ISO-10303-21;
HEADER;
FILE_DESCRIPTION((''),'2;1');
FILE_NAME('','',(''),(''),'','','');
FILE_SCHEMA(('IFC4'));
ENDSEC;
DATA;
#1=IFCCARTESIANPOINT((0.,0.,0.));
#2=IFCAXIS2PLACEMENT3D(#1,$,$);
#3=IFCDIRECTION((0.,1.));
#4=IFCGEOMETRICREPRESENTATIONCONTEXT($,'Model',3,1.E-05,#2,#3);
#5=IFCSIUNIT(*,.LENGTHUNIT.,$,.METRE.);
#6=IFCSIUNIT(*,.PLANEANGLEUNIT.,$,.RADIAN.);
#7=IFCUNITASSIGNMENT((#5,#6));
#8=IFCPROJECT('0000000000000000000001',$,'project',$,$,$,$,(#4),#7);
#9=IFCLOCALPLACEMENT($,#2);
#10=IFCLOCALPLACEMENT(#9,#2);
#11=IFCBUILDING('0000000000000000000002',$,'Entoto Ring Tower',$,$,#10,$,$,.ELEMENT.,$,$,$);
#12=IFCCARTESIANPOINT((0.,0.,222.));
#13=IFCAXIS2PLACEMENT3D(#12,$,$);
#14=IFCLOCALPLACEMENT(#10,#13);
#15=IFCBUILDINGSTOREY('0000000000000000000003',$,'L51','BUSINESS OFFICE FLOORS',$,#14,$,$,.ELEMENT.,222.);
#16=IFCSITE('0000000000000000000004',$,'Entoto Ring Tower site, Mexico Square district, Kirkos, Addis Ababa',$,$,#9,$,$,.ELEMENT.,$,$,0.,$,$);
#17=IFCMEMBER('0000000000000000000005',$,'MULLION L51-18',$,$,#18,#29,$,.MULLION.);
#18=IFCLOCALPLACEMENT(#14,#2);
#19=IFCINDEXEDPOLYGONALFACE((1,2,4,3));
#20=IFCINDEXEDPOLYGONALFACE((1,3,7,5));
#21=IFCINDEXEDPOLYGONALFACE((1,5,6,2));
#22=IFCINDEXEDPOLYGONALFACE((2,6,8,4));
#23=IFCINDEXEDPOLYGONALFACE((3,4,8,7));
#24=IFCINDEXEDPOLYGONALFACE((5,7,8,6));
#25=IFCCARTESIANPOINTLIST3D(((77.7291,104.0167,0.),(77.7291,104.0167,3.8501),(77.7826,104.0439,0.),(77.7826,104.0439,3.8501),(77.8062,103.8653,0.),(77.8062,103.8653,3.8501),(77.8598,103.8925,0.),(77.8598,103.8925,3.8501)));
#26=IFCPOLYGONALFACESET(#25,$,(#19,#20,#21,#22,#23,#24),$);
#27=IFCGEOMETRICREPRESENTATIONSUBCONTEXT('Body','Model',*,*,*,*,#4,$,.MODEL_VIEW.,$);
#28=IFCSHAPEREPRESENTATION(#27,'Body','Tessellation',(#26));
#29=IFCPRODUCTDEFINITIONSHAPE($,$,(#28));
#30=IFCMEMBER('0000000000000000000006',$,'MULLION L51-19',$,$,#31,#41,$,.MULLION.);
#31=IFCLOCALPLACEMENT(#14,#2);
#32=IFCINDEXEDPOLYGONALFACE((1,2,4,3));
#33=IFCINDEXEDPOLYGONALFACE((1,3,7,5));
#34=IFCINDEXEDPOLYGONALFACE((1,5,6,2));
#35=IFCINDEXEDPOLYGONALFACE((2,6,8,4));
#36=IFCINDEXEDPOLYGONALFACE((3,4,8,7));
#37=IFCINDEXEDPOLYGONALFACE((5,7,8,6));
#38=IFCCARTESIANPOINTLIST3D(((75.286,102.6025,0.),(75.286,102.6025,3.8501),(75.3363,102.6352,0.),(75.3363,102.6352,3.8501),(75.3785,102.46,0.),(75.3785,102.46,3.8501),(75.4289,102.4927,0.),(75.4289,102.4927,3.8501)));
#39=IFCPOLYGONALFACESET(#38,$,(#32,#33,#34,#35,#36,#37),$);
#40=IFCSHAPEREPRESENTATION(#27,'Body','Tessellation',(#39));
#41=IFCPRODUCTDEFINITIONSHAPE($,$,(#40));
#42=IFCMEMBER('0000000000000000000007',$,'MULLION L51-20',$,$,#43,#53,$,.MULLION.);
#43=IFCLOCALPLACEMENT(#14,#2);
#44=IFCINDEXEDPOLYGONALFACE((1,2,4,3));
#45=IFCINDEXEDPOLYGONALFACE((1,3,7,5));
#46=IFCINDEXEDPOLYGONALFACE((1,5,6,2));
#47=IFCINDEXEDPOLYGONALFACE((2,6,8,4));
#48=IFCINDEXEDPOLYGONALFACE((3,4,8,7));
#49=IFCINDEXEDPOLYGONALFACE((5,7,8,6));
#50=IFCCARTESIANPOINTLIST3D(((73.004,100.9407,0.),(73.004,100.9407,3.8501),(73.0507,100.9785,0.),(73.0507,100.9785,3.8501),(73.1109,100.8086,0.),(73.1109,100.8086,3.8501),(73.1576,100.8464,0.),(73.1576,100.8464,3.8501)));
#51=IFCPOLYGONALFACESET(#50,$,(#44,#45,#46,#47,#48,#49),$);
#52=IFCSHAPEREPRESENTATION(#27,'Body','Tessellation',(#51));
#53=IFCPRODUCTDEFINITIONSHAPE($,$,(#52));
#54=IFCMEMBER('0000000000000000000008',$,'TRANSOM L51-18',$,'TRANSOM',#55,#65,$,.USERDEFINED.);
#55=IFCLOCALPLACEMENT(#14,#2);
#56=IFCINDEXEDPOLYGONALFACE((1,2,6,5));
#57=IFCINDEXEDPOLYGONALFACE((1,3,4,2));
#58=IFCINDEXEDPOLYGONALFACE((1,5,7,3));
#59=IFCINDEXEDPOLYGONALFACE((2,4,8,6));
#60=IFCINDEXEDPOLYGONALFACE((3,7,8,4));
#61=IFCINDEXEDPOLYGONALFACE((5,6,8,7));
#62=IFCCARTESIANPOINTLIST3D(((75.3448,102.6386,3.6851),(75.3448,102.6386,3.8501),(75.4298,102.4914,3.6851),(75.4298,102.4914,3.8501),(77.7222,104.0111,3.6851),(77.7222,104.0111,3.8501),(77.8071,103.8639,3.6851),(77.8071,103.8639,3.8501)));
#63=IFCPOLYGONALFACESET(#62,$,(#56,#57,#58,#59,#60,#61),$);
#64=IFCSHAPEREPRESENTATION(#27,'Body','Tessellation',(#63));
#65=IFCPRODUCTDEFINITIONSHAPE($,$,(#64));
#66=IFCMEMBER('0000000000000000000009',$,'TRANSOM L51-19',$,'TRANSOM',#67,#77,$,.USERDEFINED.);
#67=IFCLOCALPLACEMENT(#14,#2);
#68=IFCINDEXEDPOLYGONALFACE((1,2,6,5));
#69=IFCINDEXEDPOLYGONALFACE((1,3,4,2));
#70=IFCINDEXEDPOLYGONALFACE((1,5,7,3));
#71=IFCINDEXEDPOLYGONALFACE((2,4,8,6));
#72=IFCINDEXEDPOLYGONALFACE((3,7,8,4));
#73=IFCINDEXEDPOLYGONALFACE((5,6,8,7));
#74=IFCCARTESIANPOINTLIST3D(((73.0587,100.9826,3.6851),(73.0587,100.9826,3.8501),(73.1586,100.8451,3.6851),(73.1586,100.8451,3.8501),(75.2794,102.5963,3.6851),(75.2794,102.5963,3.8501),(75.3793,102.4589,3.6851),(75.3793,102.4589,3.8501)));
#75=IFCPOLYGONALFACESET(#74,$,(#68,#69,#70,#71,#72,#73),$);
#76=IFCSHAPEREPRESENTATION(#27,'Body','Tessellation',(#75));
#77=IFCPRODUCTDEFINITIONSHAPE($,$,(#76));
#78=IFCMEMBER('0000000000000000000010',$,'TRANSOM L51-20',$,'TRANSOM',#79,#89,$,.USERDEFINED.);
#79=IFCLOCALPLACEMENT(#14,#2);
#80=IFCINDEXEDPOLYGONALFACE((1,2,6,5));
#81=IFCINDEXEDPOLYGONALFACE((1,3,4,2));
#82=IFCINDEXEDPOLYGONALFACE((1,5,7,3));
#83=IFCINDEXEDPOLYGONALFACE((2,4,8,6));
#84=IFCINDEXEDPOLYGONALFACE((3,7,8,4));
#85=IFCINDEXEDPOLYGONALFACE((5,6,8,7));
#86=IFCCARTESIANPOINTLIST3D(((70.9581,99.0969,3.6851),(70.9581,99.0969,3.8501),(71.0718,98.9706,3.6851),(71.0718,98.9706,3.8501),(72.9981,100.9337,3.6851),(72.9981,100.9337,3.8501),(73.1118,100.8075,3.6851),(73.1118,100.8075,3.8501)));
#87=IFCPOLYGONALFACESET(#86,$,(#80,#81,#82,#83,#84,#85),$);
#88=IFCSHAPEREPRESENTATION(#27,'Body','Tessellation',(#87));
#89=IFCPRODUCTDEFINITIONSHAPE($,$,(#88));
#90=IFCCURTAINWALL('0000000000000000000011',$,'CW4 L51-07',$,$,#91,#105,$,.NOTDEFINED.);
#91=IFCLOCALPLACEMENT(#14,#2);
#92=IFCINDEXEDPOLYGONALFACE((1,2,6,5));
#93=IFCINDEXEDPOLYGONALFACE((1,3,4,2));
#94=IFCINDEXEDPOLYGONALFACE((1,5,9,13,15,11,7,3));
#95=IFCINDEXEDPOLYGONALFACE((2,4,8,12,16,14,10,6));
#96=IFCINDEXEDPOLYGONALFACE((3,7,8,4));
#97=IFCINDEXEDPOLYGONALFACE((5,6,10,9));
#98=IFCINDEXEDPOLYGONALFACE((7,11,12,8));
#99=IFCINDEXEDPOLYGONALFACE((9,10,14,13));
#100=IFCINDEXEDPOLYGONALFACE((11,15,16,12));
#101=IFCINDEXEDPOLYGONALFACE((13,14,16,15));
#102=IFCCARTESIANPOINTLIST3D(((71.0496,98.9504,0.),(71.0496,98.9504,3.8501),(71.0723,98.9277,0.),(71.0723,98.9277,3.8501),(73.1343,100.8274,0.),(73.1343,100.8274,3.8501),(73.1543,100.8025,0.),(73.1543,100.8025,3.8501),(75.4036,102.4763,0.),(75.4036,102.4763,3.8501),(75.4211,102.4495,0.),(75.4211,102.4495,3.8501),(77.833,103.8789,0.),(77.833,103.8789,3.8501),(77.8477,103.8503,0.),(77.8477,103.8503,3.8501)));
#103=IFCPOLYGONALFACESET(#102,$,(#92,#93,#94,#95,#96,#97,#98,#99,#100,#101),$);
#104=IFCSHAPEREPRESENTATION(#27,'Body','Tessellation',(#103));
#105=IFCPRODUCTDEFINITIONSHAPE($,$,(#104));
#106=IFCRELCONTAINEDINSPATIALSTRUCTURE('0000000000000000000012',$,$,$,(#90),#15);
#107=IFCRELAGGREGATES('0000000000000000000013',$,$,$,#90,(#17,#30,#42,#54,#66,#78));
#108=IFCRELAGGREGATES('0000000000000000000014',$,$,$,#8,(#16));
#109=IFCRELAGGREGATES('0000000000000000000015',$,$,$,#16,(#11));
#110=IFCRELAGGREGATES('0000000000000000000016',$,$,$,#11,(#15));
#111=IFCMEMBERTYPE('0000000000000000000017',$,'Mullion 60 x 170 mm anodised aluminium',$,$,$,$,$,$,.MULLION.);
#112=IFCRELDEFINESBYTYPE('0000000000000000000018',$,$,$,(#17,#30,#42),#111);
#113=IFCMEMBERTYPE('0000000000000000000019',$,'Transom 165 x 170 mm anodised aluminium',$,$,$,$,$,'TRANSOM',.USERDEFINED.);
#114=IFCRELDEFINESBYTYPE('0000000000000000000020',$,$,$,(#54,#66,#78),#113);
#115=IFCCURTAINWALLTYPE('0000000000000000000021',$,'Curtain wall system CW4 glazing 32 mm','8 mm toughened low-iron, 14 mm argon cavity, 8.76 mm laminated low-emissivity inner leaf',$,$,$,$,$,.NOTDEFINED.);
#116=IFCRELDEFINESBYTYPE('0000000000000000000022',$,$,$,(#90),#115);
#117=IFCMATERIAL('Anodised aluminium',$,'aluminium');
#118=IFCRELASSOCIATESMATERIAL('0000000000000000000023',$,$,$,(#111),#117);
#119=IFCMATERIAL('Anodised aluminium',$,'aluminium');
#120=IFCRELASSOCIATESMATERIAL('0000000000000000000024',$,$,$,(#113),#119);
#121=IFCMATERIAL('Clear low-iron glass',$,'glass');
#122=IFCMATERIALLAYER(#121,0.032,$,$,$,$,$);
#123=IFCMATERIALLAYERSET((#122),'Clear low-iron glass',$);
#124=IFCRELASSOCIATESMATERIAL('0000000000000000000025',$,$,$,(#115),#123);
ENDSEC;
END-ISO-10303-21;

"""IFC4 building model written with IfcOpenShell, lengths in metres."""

from ifc_helpers import new_model, si_unit, direction, frame, origin, origin_2d, place, context, subcontext, project, spatial, polyline, rectangle, outline, extrude, material, layer, layer_set, material_profile, profile_set, type_object, element, aggregate, save


model = new_model("IFC4")

# Units and contexts
model_context = context("Model", 3, precision=1e-05, world=origin(), true_north=direction((0.0, 1.0)))
body_context = subcontext(model_context, "Body", "Model", "MODEL_VIEW")
ifc_project = project(units=[si_unit("LENGTHUNIT", "METRE"), si_unit("PLANEANGLEUNIT", "RADIAN")], contexts=[model_context])

# Members
ifc_material_1 = material(Name="Anodised aluminium", Category="aluminium")
ifc_material_profile_1 = material_profile(ifc_material_1, rectangle(XDim=0.0601, YDim=0.1699, at=origin_2d()), Name="Mullion 60 x 170 mm anodised aluminium")
ifc_profile_set_1 = profile_set([ifc_material_profile_1], Name="Anodised aluminium")
member_type_1 = type_object("IfcMemberType", Name="Mullion 60 x 170 mm anodised aluminium", PredefinedType="MULLION", material=ifc_profile_set_1)
site_placement = place(None, origin())
building_placement = place(site_placement, origin())
storey_placement = place(building_placement, frame((0.0, 0.0, 222.0)))
member_1_placement = place(storey_placement, frame((77.7944, 103.9546, 0.0), z_axis=(0.0, 0.0, 1.0), x_axis=(-0.891007, -0.45399, 0.0)))
member_1 = element("IfcMember", 1, at=member_1_placement, type_object=member_type_1, Name="MULLION L51-18", PredefinedType="MULLION", context=body_context, shape_type="SweptSolid", body=[
    extrude(rectangle(XDim=0.0601, YDim=0.1699, at=origin_2d()), origin(), (0.0, 0.0, 1.0), 3.8501),
])
member_2_placement = place(storey_placement, frame((75.3574, 102.5476, 0.0), z_axis=(0.0, 0.0, 1.0), x_axis=(-0.838671, -0.544639, 0.0)))
member_2 = element("IfcMember", 2, at=member_2_placement, type_object=member_type_1, Name="MULLION L51-19", PredefinedType="MULLION", context=body_context, shape_type="SweptSolid", body=[
    extrude(rectangle(XDim=0.0601, YDim=0.1699, at=origin_2d()), origin(), (0.0, 0.0, 1.0), 3.8501),
])
member_3_placement = place(storey_placement, frame((73.0808, 100.8936, 0.0), z_axis=(0.0, 0.0, 1.0), x_axis=(-0.777146, -0.62932, 0.0)))
member_3 = element("IfcMember", 3, at=member_3_placement, type_object=member_type_1, Name="MULLION L51-20", PredefinedType="MULLION", context=body_context, shape_type="SweptSolid", body=[
    extrude(rectangle(XDim=0.0601, YDim=0.1699, at=origin_2d()), origin(), (0.0, 0.0, 1.0), 3.8501),
])
ifc_material_2 = material(Name="Anodised aluminium", Category="aluminium")
ifc_material_profile_2 = material_profile(ifc_material_2, rectangle(XDim=0.1699, YDim=0.165, at=origin_2d()), Name="Transom 165 x 170 mm anodised aluminium")
ifc_profile_set_2 = profile_set([ifc_material_profile_2], Name="Anodised aluminium")
member_type_2 = type_object("IfcMemberType", Name="Transom 165 x 170 mm anodised aluminium", ElementType="TRANSOM", PredefinedType="USERDEFINED", material=ifc_profile_set_2)
member_4_placement = place(storey_placement, frame((77.7646, 103.9375, 3.7676), z_axis=(-0.866035, -0.499984, 0.0), x_axis=(0.499984, -0.866035, 0.0)))
member_4 = element("IfcMember", 4, at=member_4_placement, type_object=member_type_2, Name="TRANSOM L51-18", ObjectType="TRANSOM", PredefinedType="USERDEFINED", context=body_context, shape_type="SweptSolid", body=[
    extrude(rectangle(XDim=0.1699, YDim=0.165, at=origin_2d()), origin(), (0.0, 0.0, 1.0), 2.7451),
])
member_5_placement = place(storey_placement, frame((75.3293, 102.5276, 3.7676), z_axis=(-0.808959, -0.587865, 0.0), x_axis=(0.587865, -0.808959, 0.0)))
member_5 = element("IfcMember", 5, at=member_5_placement, type_object=member_type_2, Name="TRANSOM L51-19", ObjectType="TRANSOM", PredefinedType="USERDEFINED", context=body_context, shape_type="SweptSolid", body=[
    extrude(rectangle(XDim=0.1699, YDim=0.165, at=origin_2d()), origin(), (0.0, 0.0, 1.0), 2.7451),
])
member_6_placement = place(storey_placement, frame((73.0549, 100.8706, 3.7676), z_axis=(-0.743135, -0.669142, 0.0), x_axis=(0.669142, -0.743135, 0.0)))
member_6 = element("IfcMember", 6, at=member_6_placement, type_object=member_type_2, Name="TRANSOM L51-20", ObjectType="TRANSOM", PredefinedType="USERDEFINED", context=body_context, shape_type="SweptSolid", body=[
    extrude(rectangle(XDim=0.1699, YDim=0.165, at=origin_2d()), origin(), (0.0, 0.0, 1.0), 2.7451),
])

# Site, building, storey
site = spatial("IfcSite", under=ifc_project, at=site_placement, Name="Entoto Ring Tower site, Mexico Square district, Kirkos, Addis Ababa", CompositionType="ELEMENT", RefElevation=0.0)
building = spatial("IfcBuilding", under=site, at=building_placement, Name="Entoto Ring Tower", CompositionType="ELEMENT")
storey = spatial("IfcBuildingStorey", under=building, at=storey_placement, Name="L51", Description="BUSINESS OFFICE FLOORS", CompositionType="ELEMENT", Elevation=222.0)

# Curtain wall
ifc_material_3 = material(Name="Clear low-iron glass", Category="glass")
ifc_layer = layer(ifc_material_3, 0.032)
ifc_layer_set = layer_set([ifc_layer], Name="Clear low-iron glass")
curtain_wall_type = type_object("IfcCurtainWallType", Name="Curtain wall system CW4 glazing 32 mm", Description="8 mm toughened low-iron, 14 mm argon cavity, 8.76 mm laminated low-emissivity inner leaf", PredefinedType="NOTDEFINED", material=ifc_layer_set)
curtain_wall_1_placement = place(storey_placement, origin())
curtain_wall_1 = element("IfcCurtainWall", 7, at=curtain_wall_1_placement, inside=storey, type_object=curtain_wall_type, Name="CW4 L51-07", PredefinedType="NOTDEFINED", context=body_context, shape_type="SweptSolid", body=[
    extrude(outline(polyline([(77.833, 103.8789), (75.4036, 102.4763), (73.1343, 100.8274), (71.0496, 98.9504), (71.0723, 98.9277), (73.1543, 100.8025), (75.4211, 102.4495), (77.8477, 103.8503), (77.833, 103.8789)])), origin(), (0.0, 0.0, 1.0), 3.8501),
])
aggregate(curtain_wall_1, [member_1, member_2, member_3, member_4, member_5, member_6])

save(model, "model.ifc")
